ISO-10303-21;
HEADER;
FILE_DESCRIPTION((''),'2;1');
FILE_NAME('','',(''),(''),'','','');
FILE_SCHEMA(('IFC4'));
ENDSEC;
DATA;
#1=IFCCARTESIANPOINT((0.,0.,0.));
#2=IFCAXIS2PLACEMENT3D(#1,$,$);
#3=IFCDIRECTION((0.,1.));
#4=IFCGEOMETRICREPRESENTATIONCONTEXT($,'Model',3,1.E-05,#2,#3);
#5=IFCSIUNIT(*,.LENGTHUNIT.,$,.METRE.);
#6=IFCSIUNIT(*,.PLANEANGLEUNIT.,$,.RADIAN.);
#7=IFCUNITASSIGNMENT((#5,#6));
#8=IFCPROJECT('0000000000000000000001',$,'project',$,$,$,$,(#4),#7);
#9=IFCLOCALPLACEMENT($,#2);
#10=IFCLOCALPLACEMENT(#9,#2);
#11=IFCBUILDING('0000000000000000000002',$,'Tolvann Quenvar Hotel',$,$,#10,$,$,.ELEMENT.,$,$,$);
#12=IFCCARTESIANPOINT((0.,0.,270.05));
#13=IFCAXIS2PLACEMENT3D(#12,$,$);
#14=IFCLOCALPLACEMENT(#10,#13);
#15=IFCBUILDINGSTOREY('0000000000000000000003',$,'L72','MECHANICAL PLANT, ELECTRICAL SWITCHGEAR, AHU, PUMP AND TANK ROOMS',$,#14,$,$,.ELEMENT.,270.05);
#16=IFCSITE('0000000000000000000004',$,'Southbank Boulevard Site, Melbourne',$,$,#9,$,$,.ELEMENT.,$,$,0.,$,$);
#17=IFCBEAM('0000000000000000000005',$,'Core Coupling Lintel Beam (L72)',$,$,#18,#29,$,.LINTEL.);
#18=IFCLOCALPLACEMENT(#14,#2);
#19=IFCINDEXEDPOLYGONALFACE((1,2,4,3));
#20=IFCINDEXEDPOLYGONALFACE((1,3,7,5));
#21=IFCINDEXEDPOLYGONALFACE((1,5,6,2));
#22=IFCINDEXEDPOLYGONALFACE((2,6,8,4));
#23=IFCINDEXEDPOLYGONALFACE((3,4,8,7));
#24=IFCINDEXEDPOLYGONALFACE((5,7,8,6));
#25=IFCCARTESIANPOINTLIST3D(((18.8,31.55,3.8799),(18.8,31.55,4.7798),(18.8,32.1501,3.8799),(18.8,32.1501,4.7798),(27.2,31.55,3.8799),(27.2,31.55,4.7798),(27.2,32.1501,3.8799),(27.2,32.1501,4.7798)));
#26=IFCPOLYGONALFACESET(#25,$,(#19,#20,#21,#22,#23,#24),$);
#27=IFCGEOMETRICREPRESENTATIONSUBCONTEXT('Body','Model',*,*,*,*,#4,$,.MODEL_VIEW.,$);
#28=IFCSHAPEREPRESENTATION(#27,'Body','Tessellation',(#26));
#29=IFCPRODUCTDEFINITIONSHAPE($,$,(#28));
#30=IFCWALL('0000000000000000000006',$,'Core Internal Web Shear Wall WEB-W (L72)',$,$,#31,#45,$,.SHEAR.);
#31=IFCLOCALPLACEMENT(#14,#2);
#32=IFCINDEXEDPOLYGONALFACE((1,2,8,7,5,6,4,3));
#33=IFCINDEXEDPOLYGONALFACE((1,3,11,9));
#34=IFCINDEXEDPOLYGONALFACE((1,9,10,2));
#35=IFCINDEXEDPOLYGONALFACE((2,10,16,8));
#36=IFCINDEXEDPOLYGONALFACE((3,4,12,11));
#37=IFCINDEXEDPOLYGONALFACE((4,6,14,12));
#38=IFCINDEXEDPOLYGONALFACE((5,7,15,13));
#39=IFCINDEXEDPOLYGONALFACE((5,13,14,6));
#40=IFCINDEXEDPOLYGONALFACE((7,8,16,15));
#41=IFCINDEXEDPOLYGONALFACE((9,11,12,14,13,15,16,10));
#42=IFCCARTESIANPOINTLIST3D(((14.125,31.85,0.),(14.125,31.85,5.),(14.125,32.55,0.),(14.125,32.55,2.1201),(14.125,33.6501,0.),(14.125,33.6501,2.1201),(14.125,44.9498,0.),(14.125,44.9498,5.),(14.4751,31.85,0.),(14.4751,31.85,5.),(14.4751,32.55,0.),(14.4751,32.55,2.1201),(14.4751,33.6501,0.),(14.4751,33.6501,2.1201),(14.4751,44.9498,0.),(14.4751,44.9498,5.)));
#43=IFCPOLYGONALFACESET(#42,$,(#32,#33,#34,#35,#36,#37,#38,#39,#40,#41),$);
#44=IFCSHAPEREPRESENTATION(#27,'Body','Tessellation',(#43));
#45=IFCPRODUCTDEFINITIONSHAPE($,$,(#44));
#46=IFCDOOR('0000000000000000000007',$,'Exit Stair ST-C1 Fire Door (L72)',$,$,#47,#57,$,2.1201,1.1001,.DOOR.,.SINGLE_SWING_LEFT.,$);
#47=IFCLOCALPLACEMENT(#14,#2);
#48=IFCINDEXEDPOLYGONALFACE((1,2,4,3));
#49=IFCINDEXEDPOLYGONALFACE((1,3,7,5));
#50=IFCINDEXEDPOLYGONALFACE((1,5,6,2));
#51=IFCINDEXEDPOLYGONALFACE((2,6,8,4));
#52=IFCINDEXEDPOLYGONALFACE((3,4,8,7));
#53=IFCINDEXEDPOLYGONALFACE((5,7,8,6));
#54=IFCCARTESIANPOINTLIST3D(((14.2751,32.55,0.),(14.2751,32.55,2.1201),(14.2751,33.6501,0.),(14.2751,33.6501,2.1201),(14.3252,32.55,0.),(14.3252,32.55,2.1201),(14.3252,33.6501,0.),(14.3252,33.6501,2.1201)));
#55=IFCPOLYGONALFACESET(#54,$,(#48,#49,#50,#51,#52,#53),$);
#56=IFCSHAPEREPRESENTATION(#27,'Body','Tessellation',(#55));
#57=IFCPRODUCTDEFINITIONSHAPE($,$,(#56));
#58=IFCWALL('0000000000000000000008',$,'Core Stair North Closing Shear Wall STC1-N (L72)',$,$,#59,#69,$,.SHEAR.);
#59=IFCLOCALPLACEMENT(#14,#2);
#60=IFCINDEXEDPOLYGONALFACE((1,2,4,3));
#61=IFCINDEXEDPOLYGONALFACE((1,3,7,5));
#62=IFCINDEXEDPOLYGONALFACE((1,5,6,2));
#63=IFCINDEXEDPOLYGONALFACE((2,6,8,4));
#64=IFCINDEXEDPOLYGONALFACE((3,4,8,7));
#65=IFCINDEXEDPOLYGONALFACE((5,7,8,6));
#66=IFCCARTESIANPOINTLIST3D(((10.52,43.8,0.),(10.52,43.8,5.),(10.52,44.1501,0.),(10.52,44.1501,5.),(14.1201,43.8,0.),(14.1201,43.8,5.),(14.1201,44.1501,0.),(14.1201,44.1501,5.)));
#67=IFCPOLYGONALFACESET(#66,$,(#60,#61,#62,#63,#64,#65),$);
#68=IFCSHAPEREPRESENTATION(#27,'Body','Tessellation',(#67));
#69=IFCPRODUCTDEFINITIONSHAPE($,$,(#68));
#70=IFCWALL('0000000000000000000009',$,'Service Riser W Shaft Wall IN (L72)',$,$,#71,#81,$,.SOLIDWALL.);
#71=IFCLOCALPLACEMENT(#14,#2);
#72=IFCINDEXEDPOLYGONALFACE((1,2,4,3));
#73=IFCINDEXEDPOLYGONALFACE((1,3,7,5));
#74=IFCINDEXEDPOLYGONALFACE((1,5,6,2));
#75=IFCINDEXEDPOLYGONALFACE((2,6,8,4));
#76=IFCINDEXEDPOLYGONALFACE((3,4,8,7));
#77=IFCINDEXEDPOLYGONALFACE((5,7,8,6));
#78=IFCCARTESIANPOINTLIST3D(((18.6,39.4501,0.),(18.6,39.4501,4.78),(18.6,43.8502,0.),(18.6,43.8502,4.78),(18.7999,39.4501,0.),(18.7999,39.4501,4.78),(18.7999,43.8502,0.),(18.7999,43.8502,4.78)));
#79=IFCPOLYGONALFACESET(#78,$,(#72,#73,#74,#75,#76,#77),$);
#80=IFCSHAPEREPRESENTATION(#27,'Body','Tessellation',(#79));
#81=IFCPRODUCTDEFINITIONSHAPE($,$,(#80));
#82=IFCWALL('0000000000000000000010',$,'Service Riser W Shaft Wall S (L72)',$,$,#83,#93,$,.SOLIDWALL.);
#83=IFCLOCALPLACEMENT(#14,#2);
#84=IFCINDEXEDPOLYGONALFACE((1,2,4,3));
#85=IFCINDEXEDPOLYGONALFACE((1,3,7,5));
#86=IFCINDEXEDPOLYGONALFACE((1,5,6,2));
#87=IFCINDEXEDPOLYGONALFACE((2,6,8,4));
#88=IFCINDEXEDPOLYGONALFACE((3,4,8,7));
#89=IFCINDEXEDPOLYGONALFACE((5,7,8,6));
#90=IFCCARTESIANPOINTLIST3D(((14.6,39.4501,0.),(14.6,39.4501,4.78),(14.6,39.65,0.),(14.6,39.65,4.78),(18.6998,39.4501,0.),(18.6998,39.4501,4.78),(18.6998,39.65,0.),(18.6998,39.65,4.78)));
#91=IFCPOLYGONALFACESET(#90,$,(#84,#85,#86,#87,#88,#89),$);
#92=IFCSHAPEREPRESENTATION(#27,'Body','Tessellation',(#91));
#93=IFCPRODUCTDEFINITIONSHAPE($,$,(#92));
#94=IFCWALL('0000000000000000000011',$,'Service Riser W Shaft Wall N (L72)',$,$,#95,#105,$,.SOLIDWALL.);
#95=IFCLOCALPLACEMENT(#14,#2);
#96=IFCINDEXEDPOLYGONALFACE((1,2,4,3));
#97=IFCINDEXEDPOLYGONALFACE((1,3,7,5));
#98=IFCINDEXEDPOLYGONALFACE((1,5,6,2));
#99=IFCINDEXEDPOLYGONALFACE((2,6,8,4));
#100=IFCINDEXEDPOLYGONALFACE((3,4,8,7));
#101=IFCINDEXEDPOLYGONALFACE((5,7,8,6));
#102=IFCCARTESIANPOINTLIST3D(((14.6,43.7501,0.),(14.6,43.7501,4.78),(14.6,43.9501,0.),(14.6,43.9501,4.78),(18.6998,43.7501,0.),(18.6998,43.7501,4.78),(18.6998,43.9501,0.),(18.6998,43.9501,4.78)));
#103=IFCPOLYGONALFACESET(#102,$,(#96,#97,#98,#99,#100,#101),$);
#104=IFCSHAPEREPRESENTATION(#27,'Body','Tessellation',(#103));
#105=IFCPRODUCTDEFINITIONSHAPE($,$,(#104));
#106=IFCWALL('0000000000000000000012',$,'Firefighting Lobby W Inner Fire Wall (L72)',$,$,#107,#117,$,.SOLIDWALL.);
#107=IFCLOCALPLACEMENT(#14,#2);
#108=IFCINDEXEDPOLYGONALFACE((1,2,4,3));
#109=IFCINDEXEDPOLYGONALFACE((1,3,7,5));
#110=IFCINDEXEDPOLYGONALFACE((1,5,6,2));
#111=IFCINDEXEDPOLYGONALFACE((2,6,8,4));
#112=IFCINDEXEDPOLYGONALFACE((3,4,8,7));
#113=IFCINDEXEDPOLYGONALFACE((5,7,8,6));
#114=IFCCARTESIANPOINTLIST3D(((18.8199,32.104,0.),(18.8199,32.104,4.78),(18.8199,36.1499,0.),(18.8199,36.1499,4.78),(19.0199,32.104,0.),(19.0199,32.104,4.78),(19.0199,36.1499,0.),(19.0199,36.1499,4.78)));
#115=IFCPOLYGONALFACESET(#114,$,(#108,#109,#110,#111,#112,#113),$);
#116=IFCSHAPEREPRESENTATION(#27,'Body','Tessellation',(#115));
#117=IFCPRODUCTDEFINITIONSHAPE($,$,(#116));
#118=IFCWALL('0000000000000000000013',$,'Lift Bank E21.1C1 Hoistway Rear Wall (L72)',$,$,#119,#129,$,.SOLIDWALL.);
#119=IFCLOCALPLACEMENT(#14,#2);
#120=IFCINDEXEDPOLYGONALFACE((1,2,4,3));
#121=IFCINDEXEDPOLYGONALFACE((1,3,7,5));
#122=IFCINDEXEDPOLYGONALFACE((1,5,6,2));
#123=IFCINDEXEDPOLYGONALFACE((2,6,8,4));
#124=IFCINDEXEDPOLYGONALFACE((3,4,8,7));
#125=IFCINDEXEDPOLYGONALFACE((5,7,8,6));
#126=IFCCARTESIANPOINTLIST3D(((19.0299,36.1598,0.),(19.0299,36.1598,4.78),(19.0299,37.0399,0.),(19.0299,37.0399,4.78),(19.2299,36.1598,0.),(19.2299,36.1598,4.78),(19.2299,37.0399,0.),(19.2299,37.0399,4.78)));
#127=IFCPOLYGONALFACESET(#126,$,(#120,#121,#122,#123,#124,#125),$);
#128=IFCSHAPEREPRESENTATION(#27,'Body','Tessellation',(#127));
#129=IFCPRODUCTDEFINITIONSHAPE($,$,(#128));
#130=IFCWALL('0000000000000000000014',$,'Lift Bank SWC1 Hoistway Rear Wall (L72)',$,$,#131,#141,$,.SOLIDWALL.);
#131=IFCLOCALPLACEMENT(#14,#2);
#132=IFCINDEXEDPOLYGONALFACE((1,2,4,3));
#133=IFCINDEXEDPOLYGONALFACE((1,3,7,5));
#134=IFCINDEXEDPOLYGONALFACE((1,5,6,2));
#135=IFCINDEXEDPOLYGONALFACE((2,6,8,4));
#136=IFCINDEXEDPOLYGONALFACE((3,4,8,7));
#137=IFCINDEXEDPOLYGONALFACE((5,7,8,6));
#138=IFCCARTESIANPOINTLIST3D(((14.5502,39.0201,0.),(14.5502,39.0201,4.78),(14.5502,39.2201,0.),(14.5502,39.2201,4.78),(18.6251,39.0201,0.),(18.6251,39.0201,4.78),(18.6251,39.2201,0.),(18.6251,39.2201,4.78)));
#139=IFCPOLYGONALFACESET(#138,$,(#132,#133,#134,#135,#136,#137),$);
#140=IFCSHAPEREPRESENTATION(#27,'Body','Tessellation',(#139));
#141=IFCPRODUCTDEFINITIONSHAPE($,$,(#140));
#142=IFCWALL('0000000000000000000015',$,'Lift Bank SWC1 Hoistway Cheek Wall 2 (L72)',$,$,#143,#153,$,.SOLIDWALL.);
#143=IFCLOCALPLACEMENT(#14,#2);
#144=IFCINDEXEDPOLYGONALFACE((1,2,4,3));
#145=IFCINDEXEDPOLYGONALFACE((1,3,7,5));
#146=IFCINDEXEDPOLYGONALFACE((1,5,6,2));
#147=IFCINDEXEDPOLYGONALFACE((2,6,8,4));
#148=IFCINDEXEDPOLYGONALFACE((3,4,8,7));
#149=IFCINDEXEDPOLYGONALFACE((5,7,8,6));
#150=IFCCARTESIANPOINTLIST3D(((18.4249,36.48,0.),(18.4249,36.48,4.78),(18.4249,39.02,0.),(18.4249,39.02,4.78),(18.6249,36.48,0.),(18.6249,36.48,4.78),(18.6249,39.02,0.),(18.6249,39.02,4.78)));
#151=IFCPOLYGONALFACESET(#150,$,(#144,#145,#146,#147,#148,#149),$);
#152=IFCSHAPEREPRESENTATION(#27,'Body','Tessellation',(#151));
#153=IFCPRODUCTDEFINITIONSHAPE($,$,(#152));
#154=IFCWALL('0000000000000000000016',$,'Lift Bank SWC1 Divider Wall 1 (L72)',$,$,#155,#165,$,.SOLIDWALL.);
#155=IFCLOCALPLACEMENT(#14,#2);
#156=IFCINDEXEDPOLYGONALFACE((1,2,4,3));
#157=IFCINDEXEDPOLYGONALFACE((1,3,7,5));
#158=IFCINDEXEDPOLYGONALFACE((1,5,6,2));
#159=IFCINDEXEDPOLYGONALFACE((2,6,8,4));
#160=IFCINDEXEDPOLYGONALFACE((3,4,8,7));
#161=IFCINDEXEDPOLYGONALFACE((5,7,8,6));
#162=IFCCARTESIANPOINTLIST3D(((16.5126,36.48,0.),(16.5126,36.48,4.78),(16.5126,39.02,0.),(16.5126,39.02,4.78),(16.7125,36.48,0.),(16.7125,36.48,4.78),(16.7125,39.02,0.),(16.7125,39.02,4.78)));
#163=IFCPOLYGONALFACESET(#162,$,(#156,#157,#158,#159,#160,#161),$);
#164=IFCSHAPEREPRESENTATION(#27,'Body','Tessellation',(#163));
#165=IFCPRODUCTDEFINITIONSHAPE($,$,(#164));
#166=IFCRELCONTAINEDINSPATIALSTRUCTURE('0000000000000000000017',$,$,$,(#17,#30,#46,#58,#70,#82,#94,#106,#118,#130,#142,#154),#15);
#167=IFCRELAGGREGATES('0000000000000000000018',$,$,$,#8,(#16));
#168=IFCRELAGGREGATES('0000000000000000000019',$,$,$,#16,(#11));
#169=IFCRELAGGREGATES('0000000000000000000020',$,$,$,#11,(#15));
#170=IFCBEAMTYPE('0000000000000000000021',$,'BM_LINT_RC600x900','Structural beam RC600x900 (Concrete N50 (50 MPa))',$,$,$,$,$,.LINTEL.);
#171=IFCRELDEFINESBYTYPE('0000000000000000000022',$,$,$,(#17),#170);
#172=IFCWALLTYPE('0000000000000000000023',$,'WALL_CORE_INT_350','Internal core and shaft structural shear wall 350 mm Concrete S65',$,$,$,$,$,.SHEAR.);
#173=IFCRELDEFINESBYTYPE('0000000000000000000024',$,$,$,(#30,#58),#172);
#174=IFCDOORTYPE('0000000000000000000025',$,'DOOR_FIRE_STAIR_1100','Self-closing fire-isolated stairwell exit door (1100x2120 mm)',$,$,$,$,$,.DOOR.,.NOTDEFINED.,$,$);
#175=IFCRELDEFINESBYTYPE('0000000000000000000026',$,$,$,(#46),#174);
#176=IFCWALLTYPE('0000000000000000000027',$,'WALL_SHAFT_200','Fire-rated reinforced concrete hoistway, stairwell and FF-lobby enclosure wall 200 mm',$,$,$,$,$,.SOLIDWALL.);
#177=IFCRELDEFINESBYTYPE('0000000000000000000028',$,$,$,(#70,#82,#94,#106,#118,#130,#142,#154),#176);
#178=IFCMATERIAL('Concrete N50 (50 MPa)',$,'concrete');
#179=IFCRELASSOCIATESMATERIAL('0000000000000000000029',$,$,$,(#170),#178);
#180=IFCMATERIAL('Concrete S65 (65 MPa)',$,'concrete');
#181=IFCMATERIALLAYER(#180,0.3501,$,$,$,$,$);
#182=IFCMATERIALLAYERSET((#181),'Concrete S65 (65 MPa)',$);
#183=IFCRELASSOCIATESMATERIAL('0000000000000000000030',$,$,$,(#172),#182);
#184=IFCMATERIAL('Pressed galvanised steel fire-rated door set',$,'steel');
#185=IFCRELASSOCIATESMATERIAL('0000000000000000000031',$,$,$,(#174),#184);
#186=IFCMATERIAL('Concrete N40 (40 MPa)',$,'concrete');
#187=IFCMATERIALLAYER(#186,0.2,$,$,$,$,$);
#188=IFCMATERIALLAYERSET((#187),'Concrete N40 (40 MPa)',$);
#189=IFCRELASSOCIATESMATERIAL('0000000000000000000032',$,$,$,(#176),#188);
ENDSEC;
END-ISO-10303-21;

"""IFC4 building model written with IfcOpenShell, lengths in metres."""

from ifc_helpers import new_model, si_unit, direction, frame, frame_2d, origin, origin_2d, place, context, subcontext, project, spatial, rectangle, extrude, source, transform, mapped, material, layer, layer_set, material_profile, profile_set, type_object, type_shapes, element, fill, save


model = new_model("IFC4")

# Units and contexts
model_context = context("Model", 3, precision=1e-05, world=origin(), true_north=direction((0.0, 1.0)))
body_context = subcontext(model_context, "Body", "Model", "MODEL_VIEW")
ifc_project = project(units=[si_unit("LENGTHUNIT", "METRE"), si_unit("PLANEANGLEUNIT", "RADIAN")], contexts=[model_context])

# Site, building, storey
site_placement = place(None, origin())
site = spatial("IfcSite", under=ifc_project, at=site_placement, Name="Southbank Boulevard Site, Melbourne", CompositionType="ELEMENT", RefElevation=0.0)
building_placement = place(site_placement, origin())
building = spatial("IfcBuilding", under=site, at=building_placement, Name="Tolvann Quenvar Hotel", CompositionType="ELEMENT")
storey_placement = place(building_placement, frame((0.0, 0.0, 270.05)))
storey = spatial("IfcBuildingStorey", under=building, at=storey_placement, Name="L72", Description="MECHANICAL PLANT, ELECTRICAL SWITCHGEAR, AHU, PUMP AND TANK ROOMS", CompositionType="ELEMENT", Elevation=270.05)

# Beam
ifc_material_1 = material(Name="Concrete N50 (50 MPa)", Category="concrete")
ifc_material_profile = material_profile(ifc_material_1, rectangle(XDim=0.6001, YDim=0.8999, at=origin_2d()), Name="RC600x900")
ifc_profile_set = profile_set([ifc_material_profile], Name="Concrete N50 (50 MPa)")
beam_type = type_object("IfcBeamType", Name="BM_LINT_RC600x900", Description="Structural beam RC600x900 (Concrete N50 (50 MPa))", PredefinedType="LINTEL", material=ifc_profile_set)
shared_shape_1 = source(origin(), body_context, "Body", "SweptSolid", [
    extrude(rectangle(XDim=0.6001, YDim=0.8999, at=origin_2d()), origin(), (0.0, 0.0, 1.0), 8.3999),
])
type_shapes(beam_type, [shared_shape_1])
beam_placement = place(storey_placement, frame((18.8, 31.8501, 4.3298), z_axis=(1.0, 0.0, 0.0), x_axis=(0.0, 1.0, 0.0)))
element("IfcBeam", 1, at=beam_placement, inside=storey, type_object=beam_type, Name="Core Coupling Lintel Beam (L72)", PredefinedType="LINTEL", context=body_context, shape_type="MappedRepresentation", body=[
    mapped(shared_shape_1, transform((0.0, 0.0, 0.0), x_axis=(1.0, 0.0, 0.0), y_axis=(0.0, 1.0, 0.0), z_axis=(0.0, 0.0, 1.0), scale=1.0)),
])

# Wall, opening, door
ifc_material_2 = material(Name="Concrete S65 (65 MPa)", Category="concrete")
ifc_layer_1 = layer(ifc_material_2, 0.3501)
ifc_layer_set_1 = layer_set([ifc_layer_1], Name="Concrete S65 (65 MPa)")
wall_type_1 = type_object("IfcWallType", Name="WALL_CORE_INT_350", Description="Internal core and shaft structural shear wall 350 mm Concrete S65", PredefinedType="SHEAR", material=ifc_layer_set_1)
wall_1_placement = place(storey_placement, frame((14.3, 31.8501, 0.0), z_axis=(0.0, 0.0, 1.0), x_axis=(0.0, 1.0, 0.0)))
wall_1 = element("IfcWall", 2, at=wall_1_placement, inside=storey, type_object=wall_type_1, Name="Core Internal Web Shear Wall WEB-W (L72)", PredefinedType="SHEAR", context=body_context, shape_type="SweptSolid", body=[
    extrude(rectangle(XDim=13.0999, YDim=0.3501, at=frame_2d((6.5498, 0.0))), origin(), (0.0, 0.0, 1.0), 5.0),
])
opening_1_placement = place(wall_1_placement, frame((0.7, 0.0, 0.0)))
opening_1 = element("IfcOpeningElement", 3, at=opening_1_placement, cuts=wall_1, PredefinedType="OPENING", context=body_context, shape_type="SweptSolid", body=[
    extrude(rectangle(XDim=1.1001, YDim=2.1201, at=frame_2d((0.55, 1.0601))), frame((0.0, 0.1851, 0.0), z_axis=(0.0, -1.0, 0.0), x_axis=(1.0, 0.0, 0.0)), (0.0, 0.0, 1.0), 0.3701),
])
ifc_material_3 = material(Name="Pressed galvanised steel fire-rated door set", Category="steel")
door_type_1 = type_object("IfcDoorType", Name="DOOR_FIRE_STAIR_1100", Description="Self-closing fire-isolated stairwell exit door (1100x2120 mm)", OperationType="NOTDEFINED", PredefinedType="DOOR", material=ifc_material_3)
shared_shape_2 = source(origin(), body_context, "Body", "SweptSolid", [
    extrude(rectangle(XDim=1.1001, YDim=2.1201, at=frame_2d((0.55, 1.0601))), frame((0.0, 0.0249, 0.0), z_axis=(0.0, -1.0, 0.0), x_axis=(1.0, 0.0, 0.0)), (0.0, 0.0, 1.0), 0.05),
])
type_shapes(door_type_1, [shared_shape_2])
door_1_placement = place(opening_1_placement, origin())
door_1 = element("IfcDoor", 4, at=door_1_placement, inside=storey, type_object=door_type_1, Name="Exit Stair ST-C1 Fire Door (L72)", OperationType="SINGLE_SWING_LEFT", OverallHeight=2.1201, OverallWidth=1.1001, PredefinedType="DOOR", context=body_context, shape_type="MappedRepresentation", body=[
    mapped(shared_shape_2, transform((0.0, 0.0, 0.0), x_axis=(1.0, 0.0, 0.0), y_axis=(0.0, 1.0, 0.0), z_axis=(0.0, 0.0, 1.0), scale=1.0)),
])
fill(opening_1, door_1)

# Walls
wall_2_placement = place(storey_placement, frame((10.52, 43.9751, 0.0), z_axis=(0.0, 0.0, 1.0), x_axis=(1.0, 0.0, 0.0)))
element("IfcWall", 5, at=wall_2_placement, inside=storey, type_object=wall_type_1, Name="Core Stair North Closing Shear Wall STC1-N (L72)", PredefinedType="SHEAR", context=body_context, shape_type="SweptSolid", body=[
    extrude(rectangle(XDim=3.6001, YDim=0.3501, at=frame_2d((1.8, 0.0))), origin(), (0.0, 0.0, 1.0), 5.0),
])
ifc_material_4 = material(Name="Concrete N40 (40 MPa)", Category="concrete")
ifc_layer_2 = layer(ifc_material_4, 0.2)
ifc_layer_set_2 = layer_set([ifc_layer_2], Name="Concrete N40 (40 MPa)")
wall_type_2 = type_object("IfcWallType", Name="WALL_SHAFT_200", Description="Fire-rated reinforced concrete hoistway, stairwell and FF-lobby enclosure wall 200 mm", PredefinedType="SOLIDWALL", material=ifc_layer_set_2)
wall_3_placement = place(storey_placement, frame((18.7, 39.45, 0.0), z_axis=(0.0, 0.0, 1.0), x_axis=(0.0, 1.0, 0.0)))
element("IfcWall", 6, at=wall_3_placement, inside=storey, type_object=wall_type_2, Name="Service Riser W Shaft Wall IN (L72)", PredefinedType="SOLIDWALL", context=body_context, shape_type="SweptSolid", body=[
    extrude(rectangle(XDim=4.4001, YDim=0.2, at=frame_2d((2.2002, 0.0))), origin(), (0.0, 0.0, 1.0), 4.78),
])
for number, where, z_axis, x_axis, name in (
    (7, (14.6001, 39.55, 0.0), (0.0, 0.0, 1.0), (1.0, 0.0, 0.0), "Service Riser W Shaft Wall S (L72)"),
    (8, (14.6001, 43.8501, 0.0), (0.0, 0.0, 1.0), (1.0, 0.0, 0.0), "Service Riser W Shaft Wall N (L72)"),
):
    element("IfcWall", number, at=place(storey_placement, frame(where, z_axis=z_axis, x_axis=x_axis)), inside=storey, type_object=wall_type_2, Name=name, PredefinedType="SOLIDWALL", context=body_context, shape_type="SweptSolid", body=[
        extrude(rectangle(XDim=4.0999, YDim=0.2, at=frame_2d((2.0498, 0.0))), origin(), (0.0, 0.0, 1.0), 4.78),
    ])
wall_4_placement = place(storey_placement, frame((18.9199, 32.104, 0.0), z_axis=(0.0, 0.0, 1.0), x_axis=(0.0, 1.0, 0.0)))
element("IfcWall", 9, at=wall_4_placement, inside=storey, type_object=wall_type_2, Name="Firefighting Lobby W Inner Fire Wall (L72)", PredefinedType="SOLIDWALL", context=body_context, shape_type="SweptSolid", body=[
    extrude(rectangle(XDim=4.0459, YDim=0.2, at=frame_2d((2.0229, 0.0))), origin(), (0.0, 0.0, 1.0), 4.78),
])
wall_5_placement = place(storey_placement, frame((19.1299, 36.1599, 0.0), z_axis=(0.0, 0.0, 1.0), x_axis=(0.0, 1.0, 0.0)))
element("IfcWall", 10, at=wall_5_placement, inside=storey, type_object=wall_type_2, Name="Lift Bank E21.1C1 Hoistway Rear Wall (L72)", PredefinedType="SOLIDWALL", context=body_context, shape_type="SweptSolid", body=[
    extrude(rectangle(XDim=0.8801, YDim=0.2, at=frame_2d((0.4399, 0.0))), origin(), (0.0, 0.0, 1.0), 4.78),
])

# Walls
wall_6_placement = place(storey_placement, frame((14.55, 39.1201, 0.0), z_axis=(0.0, 0.0, 1.0), x_axis=(1.0, 0.0, 0.0)))
element("IfcWall", 11, at=wall_6_placement, inside=storey, type_object=wall_type_2, Name="Lift Bank SWC1 Hoistway Rear Wall (L72)", PredefinedType="SOLIDWALL", context=body_context, shape_type="SweptSolid", body=[
    extrude(rectangle(XDim=4.075, YDim=0.2, at=frame_2d((2.0376, 0.0))), origin(), (0.0, 0.0, 1.0), 4.78),
])
for number, where, z_axis, x_axis, name in (
    (12, (18.5249, 36.48, 0.0), (0.0, 0.0, 1.0), (0.0, 1.0, 0.0), "Lift Bank SWC1 Hoistway Cheek Wall 2 (L72)"),
    (13, (16.6125, 36.48, 0.0), (0.0, 0.0, 1.0), (0.0, 1.0, 0.0), "Lift Bank SWC1 Divider Wall 1 (L72)"),
):
    element("IfcWall", number, at=place(storey_placement, frame(where, z_axis=z_axis, x_axis=x_axis)), inside=storey, type_object=wall_type_2, Name=name, PredefinedType="SOLIDWALL", context=body_context, shape_type="SweptSolid", body=[
        extrude(rectangle(XDim=2.54, YDim=0.2, at=frame_2d((1.27, 0.0))), origin(), (0.0, 0.0, 1.0), 4.78),
    ])

save(model, "model.ifc")
